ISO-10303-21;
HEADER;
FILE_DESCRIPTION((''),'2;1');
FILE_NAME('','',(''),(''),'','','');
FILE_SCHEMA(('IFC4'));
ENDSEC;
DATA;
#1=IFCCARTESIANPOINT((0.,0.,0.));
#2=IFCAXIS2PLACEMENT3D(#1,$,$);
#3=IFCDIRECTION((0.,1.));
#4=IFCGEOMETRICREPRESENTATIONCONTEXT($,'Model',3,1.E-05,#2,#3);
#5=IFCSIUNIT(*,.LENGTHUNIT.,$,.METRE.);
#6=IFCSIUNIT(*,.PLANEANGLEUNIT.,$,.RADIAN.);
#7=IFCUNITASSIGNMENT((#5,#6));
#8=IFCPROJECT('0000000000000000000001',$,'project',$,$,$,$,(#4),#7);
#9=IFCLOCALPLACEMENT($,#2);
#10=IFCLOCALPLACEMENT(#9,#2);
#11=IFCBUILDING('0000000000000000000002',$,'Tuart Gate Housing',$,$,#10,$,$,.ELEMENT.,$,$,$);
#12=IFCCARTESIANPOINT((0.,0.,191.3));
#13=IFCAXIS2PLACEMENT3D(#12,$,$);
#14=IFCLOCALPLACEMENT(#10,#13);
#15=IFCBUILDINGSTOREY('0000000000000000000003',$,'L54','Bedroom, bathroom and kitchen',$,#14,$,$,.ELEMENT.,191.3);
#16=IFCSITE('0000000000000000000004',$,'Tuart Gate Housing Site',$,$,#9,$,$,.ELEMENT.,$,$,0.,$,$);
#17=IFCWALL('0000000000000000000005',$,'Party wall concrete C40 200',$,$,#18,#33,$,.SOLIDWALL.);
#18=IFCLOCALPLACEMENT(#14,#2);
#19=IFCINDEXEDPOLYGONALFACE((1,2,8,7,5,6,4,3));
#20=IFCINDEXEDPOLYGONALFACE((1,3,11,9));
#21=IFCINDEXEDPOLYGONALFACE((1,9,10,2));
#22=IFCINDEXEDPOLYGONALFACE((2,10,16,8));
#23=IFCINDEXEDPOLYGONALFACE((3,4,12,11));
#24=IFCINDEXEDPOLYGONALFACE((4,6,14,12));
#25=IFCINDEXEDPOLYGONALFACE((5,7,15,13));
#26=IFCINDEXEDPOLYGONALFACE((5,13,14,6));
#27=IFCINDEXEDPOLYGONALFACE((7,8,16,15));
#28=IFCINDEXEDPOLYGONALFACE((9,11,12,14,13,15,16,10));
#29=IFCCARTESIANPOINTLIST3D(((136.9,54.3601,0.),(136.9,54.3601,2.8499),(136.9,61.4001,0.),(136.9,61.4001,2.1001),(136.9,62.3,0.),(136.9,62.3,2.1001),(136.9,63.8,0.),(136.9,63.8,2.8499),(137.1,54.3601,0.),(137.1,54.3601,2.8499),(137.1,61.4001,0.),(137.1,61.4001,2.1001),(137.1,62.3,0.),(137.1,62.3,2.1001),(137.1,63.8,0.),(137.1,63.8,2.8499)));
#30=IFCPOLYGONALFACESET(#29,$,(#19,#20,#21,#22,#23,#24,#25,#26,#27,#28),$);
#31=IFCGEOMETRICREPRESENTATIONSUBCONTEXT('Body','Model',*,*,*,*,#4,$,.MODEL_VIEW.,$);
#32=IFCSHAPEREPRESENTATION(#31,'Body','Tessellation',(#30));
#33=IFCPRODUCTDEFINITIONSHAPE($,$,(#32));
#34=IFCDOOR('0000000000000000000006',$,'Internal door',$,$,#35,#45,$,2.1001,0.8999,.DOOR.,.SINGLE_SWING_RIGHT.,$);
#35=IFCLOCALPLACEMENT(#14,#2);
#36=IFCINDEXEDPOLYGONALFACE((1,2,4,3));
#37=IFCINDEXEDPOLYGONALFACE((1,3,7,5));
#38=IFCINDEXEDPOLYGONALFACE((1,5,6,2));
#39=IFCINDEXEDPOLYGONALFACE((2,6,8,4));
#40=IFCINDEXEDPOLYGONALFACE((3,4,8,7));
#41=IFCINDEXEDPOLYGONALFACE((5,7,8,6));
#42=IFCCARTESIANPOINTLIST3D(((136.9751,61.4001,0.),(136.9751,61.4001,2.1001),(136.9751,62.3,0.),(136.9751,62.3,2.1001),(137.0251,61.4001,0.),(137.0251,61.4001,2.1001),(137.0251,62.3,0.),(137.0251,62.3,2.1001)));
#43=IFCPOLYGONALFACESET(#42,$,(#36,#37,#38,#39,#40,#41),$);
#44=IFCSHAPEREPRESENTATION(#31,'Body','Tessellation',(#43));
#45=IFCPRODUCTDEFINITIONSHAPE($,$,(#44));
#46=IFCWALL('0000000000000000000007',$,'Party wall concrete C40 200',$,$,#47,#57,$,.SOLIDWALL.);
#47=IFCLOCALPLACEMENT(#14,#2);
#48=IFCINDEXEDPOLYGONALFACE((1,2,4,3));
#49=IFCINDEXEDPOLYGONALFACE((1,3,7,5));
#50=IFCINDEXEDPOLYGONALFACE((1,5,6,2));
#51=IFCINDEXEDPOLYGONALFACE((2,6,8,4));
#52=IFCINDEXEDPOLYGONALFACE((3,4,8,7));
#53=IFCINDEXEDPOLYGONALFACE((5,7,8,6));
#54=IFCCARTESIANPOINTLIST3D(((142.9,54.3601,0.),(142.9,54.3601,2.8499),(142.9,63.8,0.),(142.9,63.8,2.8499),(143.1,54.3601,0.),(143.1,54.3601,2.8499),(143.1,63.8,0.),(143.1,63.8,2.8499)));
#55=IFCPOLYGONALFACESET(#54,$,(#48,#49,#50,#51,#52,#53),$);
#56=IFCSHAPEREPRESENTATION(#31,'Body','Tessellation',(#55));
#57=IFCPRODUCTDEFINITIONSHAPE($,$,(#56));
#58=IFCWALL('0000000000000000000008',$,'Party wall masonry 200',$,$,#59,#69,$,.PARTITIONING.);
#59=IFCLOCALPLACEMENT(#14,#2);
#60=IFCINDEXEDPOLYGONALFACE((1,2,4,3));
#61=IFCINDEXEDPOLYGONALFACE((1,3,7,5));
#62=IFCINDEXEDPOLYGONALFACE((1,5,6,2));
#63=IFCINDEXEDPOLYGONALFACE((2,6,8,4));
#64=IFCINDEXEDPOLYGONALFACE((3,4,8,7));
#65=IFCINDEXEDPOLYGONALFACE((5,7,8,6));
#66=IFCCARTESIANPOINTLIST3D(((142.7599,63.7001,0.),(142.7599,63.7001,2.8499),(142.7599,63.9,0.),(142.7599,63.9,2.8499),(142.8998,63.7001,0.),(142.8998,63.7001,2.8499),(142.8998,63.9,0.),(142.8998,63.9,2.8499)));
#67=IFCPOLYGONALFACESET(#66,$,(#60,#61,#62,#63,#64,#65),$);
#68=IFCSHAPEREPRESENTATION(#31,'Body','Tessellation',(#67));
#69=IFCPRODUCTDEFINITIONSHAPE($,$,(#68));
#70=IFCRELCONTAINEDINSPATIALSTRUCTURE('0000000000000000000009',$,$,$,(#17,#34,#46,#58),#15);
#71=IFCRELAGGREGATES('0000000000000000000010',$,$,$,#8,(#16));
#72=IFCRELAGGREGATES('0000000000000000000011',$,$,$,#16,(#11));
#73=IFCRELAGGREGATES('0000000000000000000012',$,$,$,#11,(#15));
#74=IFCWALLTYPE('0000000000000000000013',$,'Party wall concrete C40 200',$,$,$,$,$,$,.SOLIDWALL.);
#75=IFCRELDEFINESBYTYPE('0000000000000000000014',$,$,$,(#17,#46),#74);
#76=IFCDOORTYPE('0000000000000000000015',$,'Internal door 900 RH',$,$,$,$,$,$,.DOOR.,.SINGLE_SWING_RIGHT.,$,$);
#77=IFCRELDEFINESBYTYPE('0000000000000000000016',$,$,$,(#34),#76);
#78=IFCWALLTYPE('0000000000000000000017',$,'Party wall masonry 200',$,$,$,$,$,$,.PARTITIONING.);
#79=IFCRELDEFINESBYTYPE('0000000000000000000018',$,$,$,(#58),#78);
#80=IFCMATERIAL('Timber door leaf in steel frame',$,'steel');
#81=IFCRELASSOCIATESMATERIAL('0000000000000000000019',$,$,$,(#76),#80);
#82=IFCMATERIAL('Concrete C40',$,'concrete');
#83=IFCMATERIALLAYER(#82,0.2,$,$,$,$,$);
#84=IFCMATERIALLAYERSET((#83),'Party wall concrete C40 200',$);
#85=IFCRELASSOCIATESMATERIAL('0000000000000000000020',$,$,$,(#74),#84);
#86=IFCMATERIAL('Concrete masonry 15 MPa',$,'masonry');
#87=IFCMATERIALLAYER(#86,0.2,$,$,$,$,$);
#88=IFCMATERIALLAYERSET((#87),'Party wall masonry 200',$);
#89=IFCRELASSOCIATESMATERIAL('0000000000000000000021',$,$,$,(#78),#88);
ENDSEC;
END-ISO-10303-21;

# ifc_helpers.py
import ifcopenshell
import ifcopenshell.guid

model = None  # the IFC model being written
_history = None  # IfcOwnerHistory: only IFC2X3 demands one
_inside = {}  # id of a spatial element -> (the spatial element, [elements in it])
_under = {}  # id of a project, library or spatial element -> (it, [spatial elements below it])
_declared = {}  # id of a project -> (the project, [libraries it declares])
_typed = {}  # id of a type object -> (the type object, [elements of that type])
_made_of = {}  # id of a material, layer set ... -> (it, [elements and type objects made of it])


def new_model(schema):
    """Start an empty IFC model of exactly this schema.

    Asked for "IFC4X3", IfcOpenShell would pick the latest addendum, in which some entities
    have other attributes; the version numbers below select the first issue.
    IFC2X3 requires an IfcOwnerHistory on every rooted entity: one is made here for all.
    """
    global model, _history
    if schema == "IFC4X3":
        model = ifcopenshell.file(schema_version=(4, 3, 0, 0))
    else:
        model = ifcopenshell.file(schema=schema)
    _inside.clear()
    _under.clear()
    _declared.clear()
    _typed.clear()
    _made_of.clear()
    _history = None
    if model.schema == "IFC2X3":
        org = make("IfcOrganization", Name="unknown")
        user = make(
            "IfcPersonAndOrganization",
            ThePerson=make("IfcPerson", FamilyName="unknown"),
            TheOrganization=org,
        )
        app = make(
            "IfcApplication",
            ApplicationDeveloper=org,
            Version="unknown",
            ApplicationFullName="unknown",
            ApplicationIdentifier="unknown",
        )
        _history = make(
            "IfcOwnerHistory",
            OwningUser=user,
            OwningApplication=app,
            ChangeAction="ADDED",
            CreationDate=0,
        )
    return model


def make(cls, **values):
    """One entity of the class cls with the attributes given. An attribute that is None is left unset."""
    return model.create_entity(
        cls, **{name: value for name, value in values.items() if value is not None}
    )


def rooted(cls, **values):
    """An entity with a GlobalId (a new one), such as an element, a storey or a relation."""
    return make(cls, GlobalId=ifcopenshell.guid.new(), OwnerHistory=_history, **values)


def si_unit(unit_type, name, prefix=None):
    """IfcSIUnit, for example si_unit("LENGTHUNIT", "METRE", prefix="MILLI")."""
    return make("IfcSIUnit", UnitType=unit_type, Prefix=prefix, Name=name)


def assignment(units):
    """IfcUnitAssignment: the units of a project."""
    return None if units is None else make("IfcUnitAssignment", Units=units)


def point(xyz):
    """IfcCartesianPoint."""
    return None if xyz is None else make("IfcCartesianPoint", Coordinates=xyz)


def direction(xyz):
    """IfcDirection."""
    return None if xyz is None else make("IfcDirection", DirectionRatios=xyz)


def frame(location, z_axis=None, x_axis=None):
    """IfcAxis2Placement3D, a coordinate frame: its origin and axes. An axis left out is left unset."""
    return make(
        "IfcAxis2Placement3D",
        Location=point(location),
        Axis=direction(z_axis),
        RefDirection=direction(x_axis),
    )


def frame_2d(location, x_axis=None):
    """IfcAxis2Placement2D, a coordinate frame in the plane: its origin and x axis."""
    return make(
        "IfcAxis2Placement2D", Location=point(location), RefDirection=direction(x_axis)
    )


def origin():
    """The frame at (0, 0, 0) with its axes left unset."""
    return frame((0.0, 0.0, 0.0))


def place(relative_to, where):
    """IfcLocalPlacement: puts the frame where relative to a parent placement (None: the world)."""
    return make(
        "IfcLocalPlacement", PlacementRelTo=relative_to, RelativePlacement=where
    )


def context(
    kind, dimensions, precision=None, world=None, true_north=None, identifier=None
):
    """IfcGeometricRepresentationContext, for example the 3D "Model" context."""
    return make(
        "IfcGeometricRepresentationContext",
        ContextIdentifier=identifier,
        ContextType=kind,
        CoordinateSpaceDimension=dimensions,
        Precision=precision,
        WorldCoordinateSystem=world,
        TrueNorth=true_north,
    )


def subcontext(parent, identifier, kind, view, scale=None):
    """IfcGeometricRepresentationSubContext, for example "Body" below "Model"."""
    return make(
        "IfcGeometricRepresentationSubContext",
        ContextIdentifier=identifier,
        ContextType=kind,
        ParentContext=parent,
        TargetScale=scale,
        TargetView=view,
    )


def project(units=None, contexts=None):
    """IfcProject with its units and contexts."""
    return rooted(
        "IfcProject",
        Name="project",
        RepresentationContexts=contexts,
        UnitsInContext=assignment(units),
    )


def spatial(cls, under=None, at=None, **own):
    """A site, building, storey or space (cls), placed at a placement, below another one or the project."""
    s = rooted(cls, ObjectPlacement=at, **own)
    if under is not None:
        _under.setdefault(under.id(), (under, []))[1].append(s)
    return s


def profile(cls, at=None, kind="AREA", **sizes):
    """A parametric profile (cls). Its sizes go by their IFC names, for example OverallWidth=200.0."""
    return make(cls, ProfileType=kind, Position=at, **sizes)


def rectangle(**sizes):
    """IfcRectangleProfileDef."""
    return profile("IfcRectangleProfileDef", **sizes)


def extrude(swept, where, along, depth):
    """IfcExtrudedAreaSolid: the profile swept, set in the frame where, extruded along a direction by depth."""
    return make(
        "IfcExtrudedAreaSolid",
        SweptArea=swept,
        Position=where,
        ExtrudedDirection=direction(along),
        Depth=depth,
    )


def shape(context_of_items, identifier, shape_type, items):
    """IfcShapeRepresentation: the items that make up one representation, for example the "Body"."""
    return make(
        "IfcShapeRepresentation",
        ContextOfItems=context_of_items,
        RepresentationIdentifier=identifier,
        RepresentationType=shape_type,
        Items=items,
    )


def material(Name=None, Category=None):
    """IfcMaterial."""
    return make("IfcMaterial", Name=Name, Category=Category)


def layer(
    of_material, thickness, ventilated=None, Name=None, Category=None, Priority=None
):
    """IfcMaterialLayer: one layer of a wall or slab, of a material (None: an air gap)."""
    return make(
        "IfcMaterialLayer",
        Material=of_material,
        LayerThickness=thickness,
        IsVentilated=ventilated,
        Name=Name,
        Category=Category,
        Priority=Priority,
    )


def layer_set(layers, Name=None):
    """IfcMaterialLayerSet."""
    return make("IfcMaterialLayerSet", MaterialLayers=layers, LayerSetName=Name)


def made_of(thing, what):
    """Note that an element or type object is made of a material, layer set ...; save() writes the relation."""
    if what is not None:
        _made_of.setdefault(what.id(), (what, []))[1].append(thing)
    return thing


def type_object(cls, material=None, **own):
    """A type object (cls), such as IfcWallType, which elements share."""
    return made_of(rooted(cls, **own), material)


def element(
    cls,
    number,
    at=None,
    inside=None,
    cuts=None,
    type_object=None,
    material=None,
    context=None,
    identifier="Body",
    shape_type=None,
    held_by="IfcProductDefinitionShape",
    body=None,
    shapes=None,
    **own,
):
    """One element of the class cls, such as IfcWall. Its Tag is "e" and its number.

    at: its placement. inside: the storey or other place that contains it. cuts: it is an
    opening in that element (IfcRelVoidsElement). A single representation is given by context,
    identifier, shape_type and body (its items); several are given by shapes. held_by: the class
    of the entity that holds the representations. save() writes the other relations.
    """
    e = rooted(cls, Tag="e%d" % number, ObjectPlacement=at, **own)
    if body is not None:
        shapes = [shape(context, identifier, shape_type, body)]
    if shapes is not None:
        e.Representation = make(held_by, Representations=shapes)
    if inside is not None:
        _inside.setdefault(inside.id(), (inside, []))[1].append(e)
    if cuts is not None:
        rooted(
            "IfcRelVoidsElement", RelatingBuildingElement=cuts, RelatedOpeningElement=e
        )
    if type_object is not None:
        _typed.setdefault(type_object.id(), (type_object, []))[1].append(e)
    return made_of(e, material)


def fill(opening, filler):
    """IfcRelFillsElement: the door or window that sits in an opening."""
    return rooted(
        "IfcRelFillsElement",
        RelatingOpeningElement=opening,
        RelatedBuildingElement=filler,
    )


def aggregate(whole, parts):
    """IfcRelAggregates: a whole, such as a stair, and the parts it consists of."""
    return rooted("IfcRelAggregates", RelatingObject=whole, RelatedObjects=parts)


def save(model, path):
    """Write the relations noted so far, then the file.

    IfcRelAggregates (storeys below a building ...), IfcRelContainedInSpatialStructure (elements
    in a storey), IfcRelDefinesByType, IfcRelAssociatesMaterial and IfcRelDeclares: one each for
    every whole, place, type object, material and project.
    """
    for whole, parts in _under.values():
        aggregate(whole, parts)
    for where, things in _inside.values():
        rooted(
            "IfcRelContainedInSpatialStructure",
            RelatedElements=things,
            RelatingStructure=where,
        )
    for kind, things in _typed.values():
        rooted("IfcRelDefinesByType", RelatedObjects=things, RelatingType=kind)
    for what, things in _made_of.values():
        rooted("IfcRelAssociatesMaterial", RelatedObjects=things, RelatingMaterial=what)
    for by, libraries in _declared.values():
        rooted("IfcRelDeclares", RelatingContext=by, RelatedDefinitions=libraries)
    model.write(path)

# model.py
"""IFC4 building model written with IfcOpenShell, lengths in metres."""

from ifc_helpers import new_model, si_unit, direction, frame, frame_2d, origin, place, context, subcontext, project, spatial, rectangle, extrude, material, layer, layer_set, type_object, element, fill, save


model = new_model("IFC4")

# Units and contexts
model_context = context("Model", 3, precision=1e-05, world=origin(), true_north=direction((0.0, 1.0)))
body_context = subcontext(model_context, "Body", "Model", "MODEL_VIEW")
ifc_project = project(units=[si_unit("LENGTHUNIT", "METRE"), si_unit("PLANEANGLEUNIT", "RADIAN")], contexts=[model_context])

# Site, building, storey
site_placement = place(None, origin())
site = spatial("IfcSite", under=ifc_project, at=site_placement, Name="Tuart Gate Housing Site", CompositionType="ELEMENT", RefElevation=0.0)
building_placement = place(site_placement, origin())
building = spatial("IfcBuilding", under=site, at=building_placement, Name="Tuart Gate Housing", CompositionType="ELEMENT")
storey_placement = place(building_placement, frame((0.0, 0.0, 191.3)))
storey = spatial("IfcBuildingStorey", under=building, at=storey_placement, Name="L54", Description="Bedroom, bathroom and kitchen", CompositionType="ELEMENT", Elevation=191.3)

# Shared definitions
ifc_material_1 = material(Name="Timber door leaf in steel frame", Category="steel")
door_type_1 = type_object("IfcDoorType", Name="Internal door 900 RH", OperationType="SINGLE_SWING_RIGHT", PredefinedType="DOOR", material=ifc_material_1)

# Wall, opening, door
ifc_material_2 = material(Name="Concrete C40", Category="concrete")
ifc_layer_1 = layer(ifc_material_2, 0.2)
ifc_layer_set_1 = layer_set([ifc_layer_1], Name="Party wall concrete C40 200")
wall_type_1 = type_object("IfcWallType", Name="Party wall concrete C40 200", PredefinedType="SOLIDWALL", material=ifc_layer_set_1)
wall_1_placement = place(storey_placement, frame((137.0, 54.3601, 0.0), z_axis=(0.0, 0.0, 1.0), x_axis=(0.0, 1.0, 0.0)))
wall_1 = element("IfcWall", 1, at=wall_1_placement, inside=storey, type_object=wall_type_1, Name="Party wall concrete C40 200", PredefinedType="SOLIDWALL", context=body_context, shape_type="SweptSolid", body=[
    extrude(rectangle(XDim=9.4399, YDim=0.2, at=frame_2d((4.72, 0.0))), origin(), (0.0, 0.0, 1.0), 2.8499),
])
opening_1_placement = place(wall_1_placement, frame((7.04, 0.0, 0.0)))
opening_1 = element("IfcOpeningElement", 2, at=opening_1_placement, cuts=wall_1, PredefinedType="OPENING", context=body_context, shape_type="SweptSolid", body=[
    extrude(rectangle(XDim=0.8999, YDim=2.1001, at=frame_2d((0.45, 1.05))), frame((0.0, 0.1099, 0.0), z_axis=(0.0, -1.0, 0.0), x_axis=(1.0, 0.0, 0.0)), (0.0, 0.0, 1.0), 0.22),
])
door_1_placement = place(opening_1_placement, frame((0.8999, 0.0, 0.0), z_axis=(0.0, 0.0, 1.0), x_axis=(-1.0, 0.0, 0.0)))
door_1 = element("IfcDoor", 3, at=door_1_placement, inside=storey, type_object=door_type_1, Name="Internal door", OperationType="SINGLE_SWING_RIGHT", OverallHeight=2.1001, OverallWidth=0.8999, PredefinedType="DOOR", context=body_context, shape_type="SweptSolid", body=[
    extrude(rectangle(XDim=0.8999, YDim=2.1001, at=frame_2d((0.45, 1.05))), frame((0.0, 0.0251, 0.0), z_axis=(0.0, -1.0, 0.0), x_axis=(1.0, 0.0, 0.0)), (0.0, 0.0, 1.0), 0.05),
])
fill(opening_1, door_1)

# Walls
wall_2_placement = place(storey_placement, frame((143.0, 54.3601, 0.0), z_axis=(0.0, 0.0, 1.0), x_axis=(0.0, 1.0, 0.0)))
element("IfcWall", 4, at=wall_2_placement, inside=storey, type_object=wall_type_1, Name="Party wall concrete C40 200", PredefinedType="SOLIDWALL", context=body_context, shape_type="SweptSolid", body=[
    extrude(rectangle(XDim=9.4399, YDim=0.2, at=frame_2d((4.72, 0.0))), origin(), (0.0, 0.0, 1.0), 2.8499),
])
ifc_material_3 = material(Name="Concrete masonry 15 MPa", Category="masonry")
ifc_layer_2 = layer(ifc_material_3, 0.2)
ifc_layer_set_2 = layer_set([ifc_layer_2], Name="Party wall masonry 200")
wall_type_2 = type_object("IfcWallType", Name="Party wall masonry 200", PredefinedType="PARTITIONING", material=ifc_layer_set_2)
wall_3_placement = place(storey_placement, frame((142.76, 63.8, 0.0), z_axis=(0.0, 0.0, 1.0), x_axis=(1.0, 0.0, 0.0)))
element("IfcWall", 5, at=wall_3_placement, inside=storey, type_object=wall_type_2, Name="Party wall masonry 200", PredefinedType="PARTITIONING", context=body_context, shape_type="SweptSolid", body=[
    extrude(rectangle(XDim=0.1399, YDim=0.2, at=frame_2d((0.0698, 0.0))), origin(), (0.0, 0.0, 1.0), 2.8499),
])

save(model, "model.ifc")
